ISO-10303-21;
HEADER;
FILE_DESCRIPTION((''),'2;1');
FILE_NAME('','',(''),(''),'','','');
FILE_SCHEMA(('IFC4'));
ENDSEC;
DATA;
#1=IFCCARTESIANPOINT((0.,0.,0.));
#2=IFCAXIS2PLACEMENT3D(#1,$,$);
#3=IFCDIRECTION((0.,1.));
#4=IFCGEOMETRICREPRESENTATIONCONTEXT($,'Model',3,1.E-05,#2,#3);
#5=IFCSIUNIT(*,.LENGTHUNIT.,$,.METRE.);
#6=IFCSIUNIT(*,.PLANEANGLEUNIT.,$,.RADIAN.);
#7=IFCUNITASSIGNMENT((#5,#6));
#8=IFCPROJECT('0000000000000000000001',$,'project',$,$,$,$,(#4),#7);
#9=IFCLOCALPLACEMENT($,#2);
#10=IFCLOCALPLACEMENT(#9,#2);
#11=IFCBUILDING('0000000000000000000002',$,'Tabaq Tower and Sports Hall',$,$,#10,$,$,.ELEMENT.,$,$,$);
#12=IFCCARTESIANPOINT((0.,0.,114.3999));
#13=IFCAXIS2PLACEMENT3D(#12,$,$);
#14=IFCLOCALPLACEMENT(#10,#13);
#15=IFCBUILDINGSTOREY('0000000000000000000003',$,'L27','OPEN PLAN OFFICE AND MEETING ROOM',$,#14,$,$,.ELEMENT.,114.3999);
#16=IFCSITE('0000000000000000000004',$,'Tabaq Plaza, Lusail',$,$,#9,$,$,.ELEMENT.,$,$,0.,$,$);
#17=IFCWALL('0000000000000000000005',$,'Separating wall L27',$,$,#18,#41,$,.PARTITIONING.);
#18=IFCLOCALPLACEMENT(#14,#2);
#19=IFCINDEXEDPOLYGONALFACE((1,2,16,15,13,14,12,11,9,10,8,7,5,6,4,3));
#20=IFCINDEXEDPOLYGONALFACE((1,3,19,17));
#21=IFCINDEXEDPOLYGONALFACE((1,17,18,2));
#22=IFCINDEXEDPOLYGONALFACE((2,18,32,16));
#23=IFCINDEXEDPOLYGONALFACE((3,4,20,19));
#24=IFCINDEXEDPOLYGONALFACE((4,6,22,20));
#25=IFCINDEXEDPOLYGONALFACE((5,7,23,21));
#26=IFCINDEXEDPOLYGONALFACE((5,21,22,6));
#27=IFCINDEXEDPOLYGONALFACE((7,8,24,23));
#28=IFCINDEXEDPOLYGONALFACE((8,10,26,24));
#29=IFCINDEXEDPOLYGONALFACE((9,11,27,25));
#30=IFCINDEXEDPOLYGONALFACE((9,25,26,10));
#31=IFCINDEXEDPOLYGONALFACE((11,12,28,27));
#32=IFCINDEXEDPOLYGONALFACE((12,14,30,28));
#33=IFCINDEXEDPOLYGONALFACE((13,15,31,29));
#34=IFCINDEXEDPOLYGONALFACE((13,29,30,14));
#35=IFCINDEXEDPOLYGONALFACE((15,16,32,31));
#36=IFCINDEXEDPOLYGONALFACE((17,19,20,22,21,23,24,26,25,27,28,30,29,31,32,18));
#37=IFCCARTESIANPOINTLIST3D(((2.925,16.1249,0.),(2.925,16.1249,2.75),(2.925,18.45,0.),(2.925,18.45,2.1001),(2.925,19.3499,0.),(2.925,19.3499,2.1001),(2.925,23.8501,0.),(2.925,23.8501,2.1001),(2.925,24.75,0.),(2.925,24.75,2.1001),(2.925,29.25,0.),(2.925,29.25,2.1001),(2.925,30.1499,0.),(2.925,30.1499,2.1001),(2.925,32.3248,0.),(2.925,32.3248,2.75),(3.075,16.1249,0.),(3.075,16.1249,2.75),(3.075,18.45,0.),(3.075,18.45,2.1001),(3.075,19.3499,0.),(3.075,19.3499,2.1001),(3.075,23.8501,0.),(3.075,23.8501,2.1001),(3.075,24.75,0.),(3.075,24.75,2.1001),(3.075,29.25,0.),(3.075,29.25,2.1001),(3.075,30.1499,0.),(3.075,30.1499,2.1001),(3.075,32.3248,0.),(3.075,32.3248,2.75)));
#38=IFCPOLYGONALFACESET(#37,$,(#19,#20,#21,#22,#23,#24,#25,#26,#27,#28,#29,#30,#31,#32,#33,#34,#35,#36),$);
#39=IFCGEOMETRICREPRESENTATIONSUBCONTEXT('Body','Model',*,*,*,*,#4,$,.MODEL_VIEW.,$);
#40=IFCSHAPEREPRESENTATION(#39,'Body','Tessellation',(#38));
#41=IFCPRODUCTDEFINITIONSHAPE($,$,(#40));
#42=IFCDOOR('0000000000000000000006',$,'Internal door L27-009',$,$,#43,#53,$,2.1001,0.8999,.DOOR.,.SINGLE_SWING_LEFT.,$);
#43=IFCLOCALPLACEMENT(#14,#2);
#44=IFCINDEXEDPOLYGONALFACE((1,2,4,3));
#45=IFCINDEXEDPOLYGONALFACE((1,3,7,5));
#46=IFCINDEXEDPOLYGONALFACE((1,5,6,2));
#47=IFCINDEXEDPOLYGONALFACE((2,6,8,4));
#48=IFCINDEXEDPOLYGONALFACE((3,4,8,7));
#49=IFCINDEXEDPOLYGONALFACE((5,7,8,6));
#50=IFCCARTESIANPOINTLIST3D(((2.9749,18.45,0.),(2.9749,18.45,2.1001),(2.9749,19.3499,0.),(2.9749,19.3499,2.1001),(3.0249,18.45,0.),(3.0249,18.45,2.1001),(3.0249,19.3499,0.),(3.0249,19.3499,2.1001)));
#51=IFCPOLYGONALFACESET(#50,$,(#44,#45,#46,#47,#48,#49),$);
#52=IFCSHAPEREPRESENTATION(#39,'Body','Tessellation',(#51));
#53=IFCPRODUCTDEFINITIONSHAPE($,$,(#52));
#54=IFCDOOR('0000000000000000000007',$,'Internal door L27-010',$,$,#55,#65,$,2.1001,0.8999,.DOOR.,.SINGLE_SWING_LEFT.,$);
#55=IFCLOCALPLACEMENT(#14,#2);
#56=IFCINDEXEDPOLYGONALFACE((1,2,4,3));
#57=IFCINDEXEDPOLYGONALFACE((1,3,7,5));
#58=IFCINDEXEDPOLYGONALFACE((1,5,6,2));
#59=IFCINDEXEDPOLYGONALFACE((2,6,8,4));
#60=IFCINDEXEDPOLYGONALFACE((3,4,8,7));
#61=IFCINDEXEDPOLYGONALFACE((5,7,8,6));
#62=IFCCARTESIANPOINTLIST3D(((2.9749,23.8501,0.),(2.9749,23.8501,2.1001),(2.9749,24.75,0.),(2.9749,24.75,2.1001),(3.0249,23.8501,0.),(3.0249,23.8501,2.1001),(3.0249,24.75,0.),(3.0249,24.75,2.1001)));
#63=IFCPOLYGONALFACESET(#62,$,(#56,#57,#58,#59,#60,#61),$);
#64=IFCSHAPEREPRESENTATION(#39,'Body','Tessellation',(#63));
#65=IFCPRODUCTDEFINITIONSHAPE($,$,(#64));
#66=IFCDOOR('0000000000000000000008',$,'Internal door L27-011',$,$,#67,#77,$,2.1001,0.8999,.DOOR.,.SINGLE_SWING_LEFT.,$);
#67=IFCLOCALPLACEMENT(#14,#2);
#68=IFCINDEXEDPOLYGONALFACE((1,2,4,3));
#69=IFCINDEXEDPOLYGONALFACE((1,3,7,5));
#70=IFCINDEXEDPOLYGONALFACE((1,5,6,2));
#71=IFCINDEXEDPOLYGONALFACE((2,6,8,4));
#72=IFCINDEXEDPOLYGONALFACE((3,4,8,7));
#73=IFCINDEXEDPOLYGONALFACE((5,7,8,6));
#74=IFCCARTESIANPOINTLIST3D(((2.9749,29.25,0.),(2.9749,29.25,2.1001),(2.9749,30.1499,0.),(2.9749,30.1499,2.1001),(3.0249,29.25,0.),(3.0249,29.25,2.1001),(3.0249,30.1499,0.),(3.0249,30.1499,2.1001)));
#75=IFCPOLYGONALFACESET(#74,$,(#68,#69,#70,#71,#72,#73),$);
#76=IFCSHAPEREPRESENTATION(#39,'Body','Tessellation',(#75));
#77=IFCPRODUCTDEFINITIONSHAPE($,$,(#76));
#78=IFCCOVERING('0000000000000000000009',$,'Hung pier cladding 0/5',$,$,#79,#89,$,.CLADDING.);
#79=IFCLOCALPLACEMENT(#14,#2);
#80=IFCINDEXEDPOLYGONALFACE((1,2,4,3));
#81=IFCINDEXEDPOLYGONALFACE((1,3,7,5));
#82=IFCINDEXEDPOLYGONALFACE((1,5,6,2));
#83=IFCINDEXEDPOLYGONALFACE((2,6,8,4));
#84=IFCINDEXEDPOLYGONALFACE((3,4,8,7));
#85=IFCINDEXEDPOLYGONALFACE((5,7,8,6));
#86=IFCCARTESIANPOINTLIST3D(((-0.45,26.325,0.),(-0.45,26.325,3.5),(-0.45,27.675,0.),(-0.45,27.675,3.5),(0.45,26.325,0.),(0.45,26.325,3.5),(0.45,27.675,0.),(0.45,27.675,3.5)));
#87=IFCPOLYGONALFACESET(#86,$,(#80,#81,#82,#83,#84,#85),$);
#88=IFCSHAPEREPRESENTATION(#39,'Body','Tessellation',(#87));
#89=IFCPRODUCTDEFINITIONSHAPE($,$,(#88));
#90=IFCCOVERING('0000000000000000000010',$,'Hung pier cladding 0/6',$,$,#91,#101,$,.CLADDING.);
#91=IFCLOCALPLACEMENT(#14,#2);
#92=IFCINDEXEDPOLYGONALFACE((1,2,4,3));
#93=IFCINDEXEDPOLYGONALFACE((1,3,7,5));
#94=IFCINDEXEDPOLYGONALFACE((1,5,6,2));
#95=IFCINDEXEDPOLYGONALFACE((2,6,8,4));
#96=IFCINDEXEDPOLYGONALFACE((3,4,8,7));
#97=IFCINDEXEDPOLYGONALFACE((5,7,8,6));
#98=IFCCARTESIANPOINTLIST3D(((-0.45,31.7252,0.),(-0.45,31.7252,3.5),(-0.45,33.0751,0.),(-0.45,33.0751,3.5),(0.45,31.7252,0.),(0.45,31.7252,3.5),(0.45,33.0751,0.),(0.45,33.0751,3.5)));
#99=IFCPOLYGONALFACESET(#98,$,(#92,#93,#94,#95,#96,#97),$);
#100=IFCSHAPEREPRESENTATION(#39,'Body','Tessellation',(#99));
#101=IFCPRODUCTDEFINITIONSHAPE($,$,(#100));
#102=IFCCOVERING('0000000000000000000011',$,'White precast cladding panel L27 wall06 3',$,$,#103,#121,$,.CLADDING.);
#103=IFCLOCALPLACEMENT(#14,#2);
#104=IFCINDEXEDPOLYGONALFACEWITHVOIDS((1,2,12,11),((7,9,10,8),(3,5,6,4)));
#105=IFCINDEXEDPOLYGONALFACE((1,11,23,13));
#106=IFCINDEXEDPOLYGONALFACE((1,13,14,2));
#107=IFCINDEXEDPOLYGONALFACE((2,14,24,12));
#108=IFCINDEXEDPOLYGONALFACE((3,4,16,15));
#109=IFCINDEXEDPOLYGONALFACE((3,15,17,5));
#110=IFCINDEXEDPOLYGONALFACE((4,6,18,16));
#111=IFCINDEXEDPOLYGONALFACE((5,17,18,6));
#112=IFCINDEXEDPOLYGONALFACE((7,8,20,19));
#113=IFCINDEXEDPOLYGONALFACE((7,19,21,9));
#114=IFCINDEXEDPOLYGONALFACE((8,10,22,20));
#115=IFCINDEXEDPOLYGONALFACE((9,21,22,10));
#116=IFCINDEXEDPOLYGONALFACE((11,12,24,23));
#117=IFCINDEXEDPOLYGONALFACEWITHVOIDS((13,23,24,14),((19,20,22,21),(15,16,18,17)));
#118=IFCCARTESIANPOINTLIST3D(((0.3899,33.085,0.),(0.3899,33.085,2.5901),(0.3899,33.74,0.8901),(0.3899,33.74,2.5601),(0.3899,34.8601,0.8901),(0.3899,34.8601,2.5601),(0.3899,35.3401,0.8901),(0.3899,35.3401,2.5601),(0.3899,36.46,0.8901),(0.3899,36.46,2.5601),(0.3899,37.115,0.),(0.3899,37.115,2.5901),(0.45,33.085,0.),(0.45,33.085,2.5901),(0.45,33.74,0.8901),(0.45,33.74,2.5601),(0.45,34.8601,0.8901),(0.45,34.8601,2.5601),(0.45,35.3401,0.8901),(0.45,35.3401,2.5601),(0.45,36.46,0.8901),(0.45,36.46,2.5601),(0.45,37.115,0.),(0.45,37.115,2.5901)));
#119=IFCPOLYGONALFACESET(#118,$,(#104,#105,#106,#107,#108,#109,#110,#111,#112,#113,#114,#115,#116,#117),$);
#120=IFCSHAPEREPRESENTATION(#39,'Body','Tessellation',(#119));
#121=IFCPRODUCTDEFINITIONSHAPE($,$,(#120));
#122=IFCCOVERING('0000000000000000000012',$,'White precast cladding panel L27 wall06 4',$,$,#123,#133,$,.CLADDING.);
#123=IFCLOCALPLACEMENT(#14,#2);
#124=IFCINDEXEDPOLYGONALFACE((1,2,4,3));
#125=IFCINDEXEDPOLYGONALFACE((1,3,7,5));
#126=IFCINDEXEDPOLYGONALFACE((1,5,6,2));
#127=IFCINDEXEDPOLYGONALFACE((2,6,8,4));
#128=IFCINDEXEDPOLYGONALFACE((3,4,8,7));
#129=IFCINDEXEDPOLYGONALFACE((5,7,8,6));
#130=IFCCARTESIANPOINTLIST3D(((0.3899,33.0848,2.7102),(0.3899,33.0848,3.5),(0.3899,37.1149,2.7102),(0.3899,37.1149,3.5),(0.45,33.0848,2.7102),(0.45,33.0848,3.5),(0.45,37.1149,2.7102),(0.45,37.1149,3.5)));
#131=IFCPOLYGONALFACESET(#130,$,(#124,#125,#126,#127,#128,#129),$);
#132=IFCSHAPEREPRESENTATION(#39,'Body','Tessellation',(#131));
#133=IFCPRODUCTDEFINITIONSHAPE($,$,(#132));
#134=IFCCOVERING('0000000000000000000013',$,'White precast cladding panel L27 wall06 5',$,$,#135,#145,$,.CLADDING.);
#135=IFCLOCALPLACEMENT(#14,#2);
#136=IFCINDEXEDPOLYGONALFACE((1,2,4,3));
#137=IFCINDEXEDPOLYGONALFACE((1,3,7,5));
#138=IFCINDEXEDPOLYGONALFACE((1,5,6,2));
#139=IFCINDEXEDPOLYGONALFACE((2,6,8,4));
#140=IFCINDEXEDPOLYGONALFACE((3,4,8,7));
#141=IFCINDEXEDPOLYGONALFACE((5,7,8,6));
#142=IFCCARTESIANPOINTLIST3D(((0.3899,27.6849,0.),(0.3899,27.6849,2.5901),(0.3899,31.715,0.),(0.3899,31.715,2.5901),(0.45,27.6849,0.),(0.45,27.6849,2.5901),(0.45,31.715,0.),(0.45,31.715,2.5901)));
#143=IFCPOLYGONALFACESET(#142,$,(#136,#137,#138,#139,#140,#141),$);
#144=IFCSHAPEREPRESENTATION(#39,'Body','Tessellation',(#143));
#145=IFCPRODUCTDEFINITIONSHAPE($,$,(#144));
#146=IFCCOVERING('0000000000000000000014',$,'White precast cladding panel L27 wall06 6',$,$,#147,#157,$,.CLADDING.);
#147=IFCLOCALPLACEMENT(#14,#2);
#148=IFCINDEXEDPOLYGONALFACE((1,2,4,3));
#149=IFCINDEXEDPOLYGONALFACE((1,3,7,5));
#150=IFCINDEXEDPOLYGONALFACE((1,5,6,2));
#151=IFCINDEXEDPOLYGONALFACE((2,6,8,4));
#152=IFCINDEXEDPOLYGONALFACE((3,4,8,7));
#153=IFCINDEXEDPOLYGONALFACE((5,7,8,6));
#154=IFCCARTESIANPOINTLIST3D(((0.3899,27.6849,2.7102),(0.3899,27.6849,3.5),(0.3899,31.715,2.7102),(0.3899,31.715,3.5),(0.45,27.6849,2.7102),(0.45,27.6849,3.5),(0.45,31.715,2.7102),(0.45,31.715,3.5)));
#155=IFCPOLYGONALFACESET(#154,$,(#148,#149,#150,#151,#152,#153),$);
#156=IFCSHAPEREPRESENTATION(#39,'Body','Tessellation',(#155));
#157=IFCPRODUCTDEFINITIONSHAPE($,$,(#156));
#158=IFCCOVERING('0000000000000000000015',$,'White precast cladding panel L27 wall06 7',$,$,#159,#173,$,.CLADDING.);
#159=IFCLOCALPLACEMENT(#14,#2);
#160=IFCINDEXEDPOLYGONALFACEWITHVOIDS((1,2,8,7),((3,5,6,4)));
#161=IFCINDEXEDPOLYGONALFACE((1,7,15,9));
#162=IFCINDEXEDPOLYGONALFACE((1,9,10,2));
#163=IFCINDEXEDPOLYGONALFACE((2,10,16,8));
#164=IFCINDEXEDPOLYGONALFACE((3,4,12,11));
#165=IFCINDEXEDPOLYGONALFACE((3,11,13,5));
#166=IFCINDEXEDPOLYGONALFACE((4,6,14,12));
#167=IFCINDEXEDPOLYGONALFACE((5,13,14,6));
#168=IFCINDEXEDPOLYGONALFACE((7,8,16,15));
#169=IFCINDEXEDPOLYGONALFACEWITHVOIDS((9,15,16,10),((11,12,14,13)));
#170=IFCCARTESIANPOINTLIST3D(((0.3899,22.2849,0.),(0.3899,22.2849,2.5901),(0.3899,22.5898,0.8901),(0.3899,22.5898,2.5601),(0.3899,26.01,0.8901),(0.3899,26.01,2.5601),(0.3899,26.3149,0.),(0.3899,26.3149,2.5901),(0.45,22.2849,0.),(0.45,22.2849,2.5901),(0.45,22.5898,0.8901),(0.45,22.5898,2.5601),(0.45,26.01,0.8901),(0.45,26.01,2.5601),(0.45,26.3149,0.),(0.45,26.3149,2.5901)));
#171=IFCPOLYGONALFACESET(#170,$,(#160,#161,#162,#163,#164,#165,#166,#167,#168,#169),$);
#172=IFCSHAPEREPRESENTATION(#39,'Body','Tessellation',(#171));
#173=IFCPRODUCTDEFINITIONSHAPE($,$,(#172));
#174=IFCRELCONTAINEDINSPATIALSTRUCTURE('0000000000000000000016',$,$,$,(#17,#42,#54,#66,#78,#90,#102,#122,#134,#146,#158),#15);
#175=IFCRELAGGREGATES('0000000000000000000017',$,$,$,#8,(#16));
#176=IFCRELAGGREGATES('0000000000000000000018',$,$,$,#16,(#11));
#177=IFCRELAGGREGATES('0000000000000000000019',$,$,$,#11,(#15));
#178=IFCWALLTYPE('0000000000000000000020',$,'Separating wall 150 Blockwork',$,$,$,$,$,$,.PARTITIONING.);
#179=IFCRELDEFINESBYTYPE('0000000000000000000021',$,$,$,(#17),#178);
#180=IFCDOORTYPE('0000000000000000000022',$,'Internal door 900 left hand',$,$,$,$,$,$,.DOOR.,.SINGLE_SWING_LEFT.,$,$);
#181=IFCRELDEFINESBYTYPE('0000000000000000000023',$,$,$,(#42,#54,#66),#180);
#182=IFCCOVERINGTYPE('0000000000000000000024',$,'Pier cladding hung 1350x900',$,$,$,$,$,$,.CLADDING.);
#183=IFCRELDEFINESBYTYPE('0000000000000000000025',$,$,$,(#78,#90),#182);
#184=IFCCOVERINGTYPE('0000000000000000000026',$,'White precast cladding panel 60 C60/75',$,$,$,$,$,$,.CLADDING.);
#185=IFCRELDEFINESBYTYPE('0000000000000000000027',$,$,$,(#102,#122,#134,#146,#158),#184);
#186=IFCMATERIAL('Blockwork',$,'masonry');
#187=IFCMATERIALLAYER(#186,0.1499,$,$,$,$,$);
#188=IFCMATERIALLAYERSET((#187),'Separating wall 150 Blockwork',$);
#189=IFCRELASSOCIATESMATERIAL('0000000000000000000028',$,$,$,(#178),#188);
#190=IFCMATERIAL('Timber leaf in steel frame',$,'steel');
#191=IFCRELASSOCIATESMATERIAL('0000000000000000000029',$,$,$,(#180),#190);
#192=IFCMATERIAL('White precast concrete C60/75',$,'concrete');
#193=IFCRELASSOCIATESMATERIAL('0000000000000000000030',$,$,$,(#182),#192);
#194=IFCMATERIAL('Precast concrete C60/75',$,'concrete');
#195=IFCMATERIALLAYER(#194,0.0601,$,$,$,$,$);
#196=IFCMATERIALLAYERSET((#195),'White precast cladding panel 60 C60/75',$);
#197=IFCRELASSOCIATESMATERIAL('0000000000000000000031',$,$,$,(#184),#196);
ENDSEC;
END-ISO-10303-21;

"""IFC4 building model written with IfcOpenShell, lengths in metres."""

from ifc_helpers import new_model, si_unit, direction, frame, frame_2d, origin, place, context, subcontext, project, spatial, polyline, rectangle, outline, extrude, material, layer, layer_set, type_object, element, fill, save


model = new_model("IFC4")

# Units and contexts
model_context = context("Model", 3, precision=1e-05, world=origin(), true_north=direction((0.0, 1.0)))
body_context = subcontext(model_context, "Body", "Model", "MODEL_VIEW")
ifc_project = project(units=[si_unit("LENGTHUNIT", "METRE"), si_unit("PLANEANGLEUNIT", "RADIAN")], contexts=[model_context])

# Site, building, storey
site_placement = place(None, origin())
site = spatial("IfcSite", under=ifc_project, at=site_placement, Name="Tabaq Plaza, Lusail", CompositionType="ELEMENT", RefElevation=0.0)
building_placement = place(site_placement, origin())
building = spatial("IfcBuilding", under=site, at=building_placement, Name="Tabaq Tower and Sports Hall", CompositionType="ELEMENT")
storey_placement = place(building_placement, frame((0.0, 0.0, 114.3999)))
storey = spatial("IfcBuildingStorey", under=building, at=storey_placement, Name="L27", Description="OPEN PLAN OFFICE AND MEETING ROOM", CompositionType="ELEMENT", Elevation=114.3999)

# Shared definitions
ifc_material_1 = material(Name="Blockwork", Category="masonry")
ifc_layer_1 = layer(ifc_material_1, 0.1499)
ifc_layer_set_1 = layer_set([ifc_layer_1], Name="Separating wall 150 Blockwork")
wall_type_1 = type_object("IfcWallType", Name="Separating wall 150 Blockwork", PredefinedType="PARTITIONING", material=ifc_layer_set_1)

# Wall, openings, doors
wall_1_placement = place(storey_placement, frame((3.0, 32.325, 0.0), z_axis=(0.0, 0.0, 1.0), x_axis=(0.0, -1.0, 0.0)))
wall_1 = element("IfcWall", 1, at=wall_1_placement, inside=storey, type_object=wall_type_1, Name="Separating wall L27", PredefinedType="PARTITIONING", context=body_context, shape_type="SweptSolid", body=[
    extrude(rectangle(XDim=16.2, YDim=0.1499, at=frame_2d((8.1001, 0.0))), origin(), (0.0, 0.0, 1.0), 2.75),
])
opening_1_placement = place(wall_1_placement, frame((12.9751, 0.0, 0.0)))
opening_1 = element("IfcOpeningElement", 2, at=opening_1_placement, cuts=wall_1, PredefinedType="OPENING", context=body_context, shape_type="SweptSolid", body=[
    extrude(rectangle(XDim=0.8999, YDim=2.1001, at=frame_2d((0.45, 1.05))), frame((0.0, 0.075, 0.0), z_axis=(0.0, -1.0, 0.0), x_axis=(1.0, 0.0, 0.0)), (0.0, 0.0, 1.0), 0.1499),
])
opening_2_placement = place(wall_1_placement, frame((7.575, 0.0, 0.0)))
opening_2 = element("IfcOpeningElement", 3, at=opening_2_placement, cuts=wall_1, PredefinedType="OPENING", context=body_context, shape_type="SweptSolid", body=[
    extrude(rectangle(XDim=0.8999, YDim=2.1001, at=frame_2d((0.45, 1.05))), frame((0.0, 0.075, 0.0), z_axis=(0.0, -1.0, 0.0), x_axis=(1.0, 0.0, 0.0)), (0.0, 0.0, 1.0), 0.1499),
])
opening_3_placement = place(wall_1_placement, frame((2.175, 0.0, 0.0)))
opening_3 = element("IfcOpeningElement", 4, at=opening_3_placement, cuts=wall_1, PredefinedType="OPENING", context=body_context, shape_type="SweptSolid", body=[
    extrude(rectangle(XDim=0.8999, YDim=2.1001, at=frame_2d((0.45, 1.05))), frame((0.0, 0.075, 0.0), z_axis=(0.0, -1.0, 0.0), x_axis=(1.0, 0.0, 0.0)), (0.0, 0.0, 1.0), 0.1499),
])
ifc_material_2 = material(Name="Timber leaf in steel frame", Category="steel")
door_type_1 = type_object("IfcDoorType", Name="Internal door 900 left hand", OperationType="SINGLE_SWING_LEFT", PredefinedType="DOOR", material=ifc_material_2)
door_1_placement = place(opening_1_placement, origin())
door_1 = element("IfcDoor", 5, at=door_1_placement, inside=storey, type_object=door_type_1, Name="Internal door L27-009", OperationType="SINGLE_SWING_LEFT", OverallHeight=2.1001, OverallWidth=0.8999, PredefinedType="DOOR", context=body_context, shape_type="SweptSolid", body=[
    extrude(rectangle(XDim=0.8999, YDim=2.1001, at=frame_2d((0.45, 1.05))), frame((0.0, 0.0249, 0.0), z_axis=(0.0, -1.0, 0.0), x_axis=(1.0, 0.0, 0.0)), (0.0, 0.0, 1.0), 0.05),
])
fill(opening_1, door_1)
door_2_placement = place(opening_2_placement, origin())
door_2 = element("IfcDoor", 6, at=door_2_placement, inside=storey, type_object=door_type_1, Name="Internal door L27-010", OperationType="SINGLE_SWING_LEFT", OverallHeight=2.1001, OverallWidth=0.8999, PredefinedType="DOOR", context=body_context, shape_type="SweptSolid", body=[
    extrude(rectangle(XDim=0.8999, YDim=2.1001, at=frame_2d((0.45, 1.05))), frame((0.0, 0.0249, 0.0), z_axis=(0.0, -1.0, 0.0), x_axis=(1.0, 0.0, 0.0)), (0.0, 0.0, 1.0), 0.05),
])
fill(opening_2, door_2)
door_3_placement = place(opening_3_placement, origin())
door_3 = element("IfcDoor", 7, at=door_3_placement, inside=storey, type_object=door_type_1, Name="Internal door L27-011", OperationType="SINGLE_SWING_LEFT", OverallHeight=2.1001, OverallWidth=0.8999, PredefinedType="DOOR", context=body_context, shape_type="SweptSolid", body=[
    extrude(rectangle(XDim=0.8999, YDim=2.1001, at=frame_2d((0.45, 1.05))), frame((0.0, 0.0249, 0.0), z_axis=(0.0, -1.0, 0.0), x_axis=(1.0, 0.0, 0.0)), (0.0, 0.0, 1.0), 0.05),
])
fill(opening_3, door_3)

# Coverings
ifc_material_3 = material(Name="White precast concrete C60/75", Category="concrete")
covering_type_1 = type_object("IfcCoveringType", Name="Pier cladding hung 1350x900", PredefinedType="CLADDING", material=ifc_material_3)
covering_1_placement = place(storey_placement, frame((0.0, 27.675, 0.0), z_axis=(0.0, 0.0, 1.0), x_axis=(0.0, -1.0, 0.0)))
element("IfcCovering", 8, at=covering_1_placement, inside=storey, type_object=covering_type_1, Name="Hung pier cladding 0/5", PredefinedType="CLADDING", context=body_context, shape_type="SweptSolid", body=[
    extrude(rectangle(XDim=1.3501, YDim=0.8999, at=frame_2d((0.675, 0.0))), origin(), (0.0, 0.0, 1.0), 3.5),
])
covering_2_placement = place(storey_placement, frame((0.0, 33.075, 0.0), z_axis=(0.0, 0.0, 1.0), x_axis=(0.0, -1.0, 0.0)))
element("IfcCovering", 9, at=covering_2_placement, inside=storey, type_object=covering_type_1, Name="Hung pier cladding 0/6", PredefinedType="CLADDING", context=body_context, shape_type="SweptSolid", body=[
    extrude(rectangle(XDim=1.3499, YDim=0.8999, at=frame_2d((0.6748, 0.0))), origin(), (0.0, 0.0, 1.0), 3.5),
])
ifc_material_4 = material(Name="Precast concrete C60/75", Category="concrete")
ifc_layer_2 = layer(ifc_material_4, 0.0601)
ifc_layer_set_2 = layer_set([ifc_layer_2], Name="White precast cladding panel 60 C60/75")
covering_type_2 = type_object("IfcCoveringType", Name="White precast cladding panel 60 C60/75", PredefinedType="CLADDING", material=ifc_layer_set_2)
covering_3_placement = place(storey_placement, frame((0.4199, 37.115, 0.0), z_axis=(0.0, 0.0, 1.0), x_axis=(0.0, -1.0, 0.0)))
element("IfcCovering", 10, at=covering_3_placement, inside=storey, type_object=covering_type_2, Name="White precast cladding panel L27 wall06 3", PredefinedType="CLADDING", context=body_context, shape_type="SweptSolid", body=[
    extrude(outline(polyline([(0.0, 0.0), (4.03, 0.0), (4.03, 2.5901), (0.0, 2.5901), (0.0, 0.0)]), holes=[polyline([(0.655, 0.8901), (0.655, 2.5601), (1.7749, 2.5601), (1.7749, 0.8901), (0.655, 0.8901)]), polyline([(2.2549, 0.8901), (2.2549, 2.5601), (3.375, 2.5601), (3.375, 0.8901), (2.2549, 0.8901)])]), frame((0.0, 0.03, 0.0), z_axis=(0.0, -1.0, 0.0), x_axis=(1.0, 0.0, 0.0)), (0.0, 0.0, 1.0), 0.0601),
])
covering_4_placement = place(storey_placement, frame((0.4199, 37.115, 2.7102), z_axis=(0.0, 0.0, 1.0), x_axis=(0.0, -1.0, 0.0)))
element("IfcCovering", 11, at=covering_4_placement, inside=storey, type_object=covering_type_2, Name="White precast cladding panel L27 wall06 4", PredefinedType="CLADDING", context=body_context, shape_type="SweptSolid", body=[
    extrude(rectangle(XDim=4.03, YDim=0.0601, at=frame_2d((2.0151, 0.0))), origin(), (0.0, 0.0, 1.0), 0.7898),
])
covering_5_placement = place(storey_placement, frame((0.4199, 31.7151, 0.0), z_axis=(0.0, 0.0, 1.0), x_axis=(0.0, -1.0, 0.0)))
element("IfcCovering", 12, at=covering_5_placement, inside=storey, type_object=covering_type_2, Name="White precast cladding panel L27 wall06 5", PredefinedType="CLADDING", context=body_context, shape_type="SweptSolid", body=[
    extrude(rectangle(XDim=4.03, YDim=0.0601, at=frame_2d((2.0151, 0.0))), origin(), (0.0, 0.0, 1.0), 2.5901),
])
covering_6_placement = place(storey_placement, frame((0.4199, 31.7151, 2.7102), z_axis=(0.0, 0.0, 1.0), x_axis=(0.0, -1.0, 0.0)))
element("IfcCovering", 13, at=covering_6_placement, inside=storey, type_object=covering_type_2, Name="White precast cladding panel L27 wall06 6", PredefinedType="CLADDING", context=body_context, shape_type="SweptSolid", body=[
    extrude(rectangle(XDim=4.03, YDim=0.0601, at=frame_2d((2.0151, 0.0))), origin(), (0.0, 0.0, 1.0), 0.7898),
])
covering_7_placement = place(storey_placement, frame((0.4199, 26.3149, 0.0), z_axis=(0.0, 0.0, 1.0), x_axis=(0.0, -1.0, 0.0)))
element("IfcCovering", 14, at=covering_7_placement, inside=storey, type_object=covering_type_2, Name="White precast cladding panel L27 wall06 7", PredefinedType="CLADDING", context=body_context, shape_type="SweptSolid", body=[
    extrude(outline(polyline([(0.0, 0.0), (4.03, 0.0), (4.03, 2.5901), (0.0, 2.5901), (0.0, 0.0)]), holes=[polyline([(3.7251, 0.8901), (0.3049, 0.8901), (0.3049, 2.5601), (3.7251, 2.5601), (3.7251, 0.8901)])]), frame((0.0, 0.03, 0.0), z_axis=(0.0, -1.0, 0.0), x_axis=(1.0, 0.0, 0.0)), (0.0, 0.0, 1.0), 0.0601),
])

save(model, "model.ifc")
